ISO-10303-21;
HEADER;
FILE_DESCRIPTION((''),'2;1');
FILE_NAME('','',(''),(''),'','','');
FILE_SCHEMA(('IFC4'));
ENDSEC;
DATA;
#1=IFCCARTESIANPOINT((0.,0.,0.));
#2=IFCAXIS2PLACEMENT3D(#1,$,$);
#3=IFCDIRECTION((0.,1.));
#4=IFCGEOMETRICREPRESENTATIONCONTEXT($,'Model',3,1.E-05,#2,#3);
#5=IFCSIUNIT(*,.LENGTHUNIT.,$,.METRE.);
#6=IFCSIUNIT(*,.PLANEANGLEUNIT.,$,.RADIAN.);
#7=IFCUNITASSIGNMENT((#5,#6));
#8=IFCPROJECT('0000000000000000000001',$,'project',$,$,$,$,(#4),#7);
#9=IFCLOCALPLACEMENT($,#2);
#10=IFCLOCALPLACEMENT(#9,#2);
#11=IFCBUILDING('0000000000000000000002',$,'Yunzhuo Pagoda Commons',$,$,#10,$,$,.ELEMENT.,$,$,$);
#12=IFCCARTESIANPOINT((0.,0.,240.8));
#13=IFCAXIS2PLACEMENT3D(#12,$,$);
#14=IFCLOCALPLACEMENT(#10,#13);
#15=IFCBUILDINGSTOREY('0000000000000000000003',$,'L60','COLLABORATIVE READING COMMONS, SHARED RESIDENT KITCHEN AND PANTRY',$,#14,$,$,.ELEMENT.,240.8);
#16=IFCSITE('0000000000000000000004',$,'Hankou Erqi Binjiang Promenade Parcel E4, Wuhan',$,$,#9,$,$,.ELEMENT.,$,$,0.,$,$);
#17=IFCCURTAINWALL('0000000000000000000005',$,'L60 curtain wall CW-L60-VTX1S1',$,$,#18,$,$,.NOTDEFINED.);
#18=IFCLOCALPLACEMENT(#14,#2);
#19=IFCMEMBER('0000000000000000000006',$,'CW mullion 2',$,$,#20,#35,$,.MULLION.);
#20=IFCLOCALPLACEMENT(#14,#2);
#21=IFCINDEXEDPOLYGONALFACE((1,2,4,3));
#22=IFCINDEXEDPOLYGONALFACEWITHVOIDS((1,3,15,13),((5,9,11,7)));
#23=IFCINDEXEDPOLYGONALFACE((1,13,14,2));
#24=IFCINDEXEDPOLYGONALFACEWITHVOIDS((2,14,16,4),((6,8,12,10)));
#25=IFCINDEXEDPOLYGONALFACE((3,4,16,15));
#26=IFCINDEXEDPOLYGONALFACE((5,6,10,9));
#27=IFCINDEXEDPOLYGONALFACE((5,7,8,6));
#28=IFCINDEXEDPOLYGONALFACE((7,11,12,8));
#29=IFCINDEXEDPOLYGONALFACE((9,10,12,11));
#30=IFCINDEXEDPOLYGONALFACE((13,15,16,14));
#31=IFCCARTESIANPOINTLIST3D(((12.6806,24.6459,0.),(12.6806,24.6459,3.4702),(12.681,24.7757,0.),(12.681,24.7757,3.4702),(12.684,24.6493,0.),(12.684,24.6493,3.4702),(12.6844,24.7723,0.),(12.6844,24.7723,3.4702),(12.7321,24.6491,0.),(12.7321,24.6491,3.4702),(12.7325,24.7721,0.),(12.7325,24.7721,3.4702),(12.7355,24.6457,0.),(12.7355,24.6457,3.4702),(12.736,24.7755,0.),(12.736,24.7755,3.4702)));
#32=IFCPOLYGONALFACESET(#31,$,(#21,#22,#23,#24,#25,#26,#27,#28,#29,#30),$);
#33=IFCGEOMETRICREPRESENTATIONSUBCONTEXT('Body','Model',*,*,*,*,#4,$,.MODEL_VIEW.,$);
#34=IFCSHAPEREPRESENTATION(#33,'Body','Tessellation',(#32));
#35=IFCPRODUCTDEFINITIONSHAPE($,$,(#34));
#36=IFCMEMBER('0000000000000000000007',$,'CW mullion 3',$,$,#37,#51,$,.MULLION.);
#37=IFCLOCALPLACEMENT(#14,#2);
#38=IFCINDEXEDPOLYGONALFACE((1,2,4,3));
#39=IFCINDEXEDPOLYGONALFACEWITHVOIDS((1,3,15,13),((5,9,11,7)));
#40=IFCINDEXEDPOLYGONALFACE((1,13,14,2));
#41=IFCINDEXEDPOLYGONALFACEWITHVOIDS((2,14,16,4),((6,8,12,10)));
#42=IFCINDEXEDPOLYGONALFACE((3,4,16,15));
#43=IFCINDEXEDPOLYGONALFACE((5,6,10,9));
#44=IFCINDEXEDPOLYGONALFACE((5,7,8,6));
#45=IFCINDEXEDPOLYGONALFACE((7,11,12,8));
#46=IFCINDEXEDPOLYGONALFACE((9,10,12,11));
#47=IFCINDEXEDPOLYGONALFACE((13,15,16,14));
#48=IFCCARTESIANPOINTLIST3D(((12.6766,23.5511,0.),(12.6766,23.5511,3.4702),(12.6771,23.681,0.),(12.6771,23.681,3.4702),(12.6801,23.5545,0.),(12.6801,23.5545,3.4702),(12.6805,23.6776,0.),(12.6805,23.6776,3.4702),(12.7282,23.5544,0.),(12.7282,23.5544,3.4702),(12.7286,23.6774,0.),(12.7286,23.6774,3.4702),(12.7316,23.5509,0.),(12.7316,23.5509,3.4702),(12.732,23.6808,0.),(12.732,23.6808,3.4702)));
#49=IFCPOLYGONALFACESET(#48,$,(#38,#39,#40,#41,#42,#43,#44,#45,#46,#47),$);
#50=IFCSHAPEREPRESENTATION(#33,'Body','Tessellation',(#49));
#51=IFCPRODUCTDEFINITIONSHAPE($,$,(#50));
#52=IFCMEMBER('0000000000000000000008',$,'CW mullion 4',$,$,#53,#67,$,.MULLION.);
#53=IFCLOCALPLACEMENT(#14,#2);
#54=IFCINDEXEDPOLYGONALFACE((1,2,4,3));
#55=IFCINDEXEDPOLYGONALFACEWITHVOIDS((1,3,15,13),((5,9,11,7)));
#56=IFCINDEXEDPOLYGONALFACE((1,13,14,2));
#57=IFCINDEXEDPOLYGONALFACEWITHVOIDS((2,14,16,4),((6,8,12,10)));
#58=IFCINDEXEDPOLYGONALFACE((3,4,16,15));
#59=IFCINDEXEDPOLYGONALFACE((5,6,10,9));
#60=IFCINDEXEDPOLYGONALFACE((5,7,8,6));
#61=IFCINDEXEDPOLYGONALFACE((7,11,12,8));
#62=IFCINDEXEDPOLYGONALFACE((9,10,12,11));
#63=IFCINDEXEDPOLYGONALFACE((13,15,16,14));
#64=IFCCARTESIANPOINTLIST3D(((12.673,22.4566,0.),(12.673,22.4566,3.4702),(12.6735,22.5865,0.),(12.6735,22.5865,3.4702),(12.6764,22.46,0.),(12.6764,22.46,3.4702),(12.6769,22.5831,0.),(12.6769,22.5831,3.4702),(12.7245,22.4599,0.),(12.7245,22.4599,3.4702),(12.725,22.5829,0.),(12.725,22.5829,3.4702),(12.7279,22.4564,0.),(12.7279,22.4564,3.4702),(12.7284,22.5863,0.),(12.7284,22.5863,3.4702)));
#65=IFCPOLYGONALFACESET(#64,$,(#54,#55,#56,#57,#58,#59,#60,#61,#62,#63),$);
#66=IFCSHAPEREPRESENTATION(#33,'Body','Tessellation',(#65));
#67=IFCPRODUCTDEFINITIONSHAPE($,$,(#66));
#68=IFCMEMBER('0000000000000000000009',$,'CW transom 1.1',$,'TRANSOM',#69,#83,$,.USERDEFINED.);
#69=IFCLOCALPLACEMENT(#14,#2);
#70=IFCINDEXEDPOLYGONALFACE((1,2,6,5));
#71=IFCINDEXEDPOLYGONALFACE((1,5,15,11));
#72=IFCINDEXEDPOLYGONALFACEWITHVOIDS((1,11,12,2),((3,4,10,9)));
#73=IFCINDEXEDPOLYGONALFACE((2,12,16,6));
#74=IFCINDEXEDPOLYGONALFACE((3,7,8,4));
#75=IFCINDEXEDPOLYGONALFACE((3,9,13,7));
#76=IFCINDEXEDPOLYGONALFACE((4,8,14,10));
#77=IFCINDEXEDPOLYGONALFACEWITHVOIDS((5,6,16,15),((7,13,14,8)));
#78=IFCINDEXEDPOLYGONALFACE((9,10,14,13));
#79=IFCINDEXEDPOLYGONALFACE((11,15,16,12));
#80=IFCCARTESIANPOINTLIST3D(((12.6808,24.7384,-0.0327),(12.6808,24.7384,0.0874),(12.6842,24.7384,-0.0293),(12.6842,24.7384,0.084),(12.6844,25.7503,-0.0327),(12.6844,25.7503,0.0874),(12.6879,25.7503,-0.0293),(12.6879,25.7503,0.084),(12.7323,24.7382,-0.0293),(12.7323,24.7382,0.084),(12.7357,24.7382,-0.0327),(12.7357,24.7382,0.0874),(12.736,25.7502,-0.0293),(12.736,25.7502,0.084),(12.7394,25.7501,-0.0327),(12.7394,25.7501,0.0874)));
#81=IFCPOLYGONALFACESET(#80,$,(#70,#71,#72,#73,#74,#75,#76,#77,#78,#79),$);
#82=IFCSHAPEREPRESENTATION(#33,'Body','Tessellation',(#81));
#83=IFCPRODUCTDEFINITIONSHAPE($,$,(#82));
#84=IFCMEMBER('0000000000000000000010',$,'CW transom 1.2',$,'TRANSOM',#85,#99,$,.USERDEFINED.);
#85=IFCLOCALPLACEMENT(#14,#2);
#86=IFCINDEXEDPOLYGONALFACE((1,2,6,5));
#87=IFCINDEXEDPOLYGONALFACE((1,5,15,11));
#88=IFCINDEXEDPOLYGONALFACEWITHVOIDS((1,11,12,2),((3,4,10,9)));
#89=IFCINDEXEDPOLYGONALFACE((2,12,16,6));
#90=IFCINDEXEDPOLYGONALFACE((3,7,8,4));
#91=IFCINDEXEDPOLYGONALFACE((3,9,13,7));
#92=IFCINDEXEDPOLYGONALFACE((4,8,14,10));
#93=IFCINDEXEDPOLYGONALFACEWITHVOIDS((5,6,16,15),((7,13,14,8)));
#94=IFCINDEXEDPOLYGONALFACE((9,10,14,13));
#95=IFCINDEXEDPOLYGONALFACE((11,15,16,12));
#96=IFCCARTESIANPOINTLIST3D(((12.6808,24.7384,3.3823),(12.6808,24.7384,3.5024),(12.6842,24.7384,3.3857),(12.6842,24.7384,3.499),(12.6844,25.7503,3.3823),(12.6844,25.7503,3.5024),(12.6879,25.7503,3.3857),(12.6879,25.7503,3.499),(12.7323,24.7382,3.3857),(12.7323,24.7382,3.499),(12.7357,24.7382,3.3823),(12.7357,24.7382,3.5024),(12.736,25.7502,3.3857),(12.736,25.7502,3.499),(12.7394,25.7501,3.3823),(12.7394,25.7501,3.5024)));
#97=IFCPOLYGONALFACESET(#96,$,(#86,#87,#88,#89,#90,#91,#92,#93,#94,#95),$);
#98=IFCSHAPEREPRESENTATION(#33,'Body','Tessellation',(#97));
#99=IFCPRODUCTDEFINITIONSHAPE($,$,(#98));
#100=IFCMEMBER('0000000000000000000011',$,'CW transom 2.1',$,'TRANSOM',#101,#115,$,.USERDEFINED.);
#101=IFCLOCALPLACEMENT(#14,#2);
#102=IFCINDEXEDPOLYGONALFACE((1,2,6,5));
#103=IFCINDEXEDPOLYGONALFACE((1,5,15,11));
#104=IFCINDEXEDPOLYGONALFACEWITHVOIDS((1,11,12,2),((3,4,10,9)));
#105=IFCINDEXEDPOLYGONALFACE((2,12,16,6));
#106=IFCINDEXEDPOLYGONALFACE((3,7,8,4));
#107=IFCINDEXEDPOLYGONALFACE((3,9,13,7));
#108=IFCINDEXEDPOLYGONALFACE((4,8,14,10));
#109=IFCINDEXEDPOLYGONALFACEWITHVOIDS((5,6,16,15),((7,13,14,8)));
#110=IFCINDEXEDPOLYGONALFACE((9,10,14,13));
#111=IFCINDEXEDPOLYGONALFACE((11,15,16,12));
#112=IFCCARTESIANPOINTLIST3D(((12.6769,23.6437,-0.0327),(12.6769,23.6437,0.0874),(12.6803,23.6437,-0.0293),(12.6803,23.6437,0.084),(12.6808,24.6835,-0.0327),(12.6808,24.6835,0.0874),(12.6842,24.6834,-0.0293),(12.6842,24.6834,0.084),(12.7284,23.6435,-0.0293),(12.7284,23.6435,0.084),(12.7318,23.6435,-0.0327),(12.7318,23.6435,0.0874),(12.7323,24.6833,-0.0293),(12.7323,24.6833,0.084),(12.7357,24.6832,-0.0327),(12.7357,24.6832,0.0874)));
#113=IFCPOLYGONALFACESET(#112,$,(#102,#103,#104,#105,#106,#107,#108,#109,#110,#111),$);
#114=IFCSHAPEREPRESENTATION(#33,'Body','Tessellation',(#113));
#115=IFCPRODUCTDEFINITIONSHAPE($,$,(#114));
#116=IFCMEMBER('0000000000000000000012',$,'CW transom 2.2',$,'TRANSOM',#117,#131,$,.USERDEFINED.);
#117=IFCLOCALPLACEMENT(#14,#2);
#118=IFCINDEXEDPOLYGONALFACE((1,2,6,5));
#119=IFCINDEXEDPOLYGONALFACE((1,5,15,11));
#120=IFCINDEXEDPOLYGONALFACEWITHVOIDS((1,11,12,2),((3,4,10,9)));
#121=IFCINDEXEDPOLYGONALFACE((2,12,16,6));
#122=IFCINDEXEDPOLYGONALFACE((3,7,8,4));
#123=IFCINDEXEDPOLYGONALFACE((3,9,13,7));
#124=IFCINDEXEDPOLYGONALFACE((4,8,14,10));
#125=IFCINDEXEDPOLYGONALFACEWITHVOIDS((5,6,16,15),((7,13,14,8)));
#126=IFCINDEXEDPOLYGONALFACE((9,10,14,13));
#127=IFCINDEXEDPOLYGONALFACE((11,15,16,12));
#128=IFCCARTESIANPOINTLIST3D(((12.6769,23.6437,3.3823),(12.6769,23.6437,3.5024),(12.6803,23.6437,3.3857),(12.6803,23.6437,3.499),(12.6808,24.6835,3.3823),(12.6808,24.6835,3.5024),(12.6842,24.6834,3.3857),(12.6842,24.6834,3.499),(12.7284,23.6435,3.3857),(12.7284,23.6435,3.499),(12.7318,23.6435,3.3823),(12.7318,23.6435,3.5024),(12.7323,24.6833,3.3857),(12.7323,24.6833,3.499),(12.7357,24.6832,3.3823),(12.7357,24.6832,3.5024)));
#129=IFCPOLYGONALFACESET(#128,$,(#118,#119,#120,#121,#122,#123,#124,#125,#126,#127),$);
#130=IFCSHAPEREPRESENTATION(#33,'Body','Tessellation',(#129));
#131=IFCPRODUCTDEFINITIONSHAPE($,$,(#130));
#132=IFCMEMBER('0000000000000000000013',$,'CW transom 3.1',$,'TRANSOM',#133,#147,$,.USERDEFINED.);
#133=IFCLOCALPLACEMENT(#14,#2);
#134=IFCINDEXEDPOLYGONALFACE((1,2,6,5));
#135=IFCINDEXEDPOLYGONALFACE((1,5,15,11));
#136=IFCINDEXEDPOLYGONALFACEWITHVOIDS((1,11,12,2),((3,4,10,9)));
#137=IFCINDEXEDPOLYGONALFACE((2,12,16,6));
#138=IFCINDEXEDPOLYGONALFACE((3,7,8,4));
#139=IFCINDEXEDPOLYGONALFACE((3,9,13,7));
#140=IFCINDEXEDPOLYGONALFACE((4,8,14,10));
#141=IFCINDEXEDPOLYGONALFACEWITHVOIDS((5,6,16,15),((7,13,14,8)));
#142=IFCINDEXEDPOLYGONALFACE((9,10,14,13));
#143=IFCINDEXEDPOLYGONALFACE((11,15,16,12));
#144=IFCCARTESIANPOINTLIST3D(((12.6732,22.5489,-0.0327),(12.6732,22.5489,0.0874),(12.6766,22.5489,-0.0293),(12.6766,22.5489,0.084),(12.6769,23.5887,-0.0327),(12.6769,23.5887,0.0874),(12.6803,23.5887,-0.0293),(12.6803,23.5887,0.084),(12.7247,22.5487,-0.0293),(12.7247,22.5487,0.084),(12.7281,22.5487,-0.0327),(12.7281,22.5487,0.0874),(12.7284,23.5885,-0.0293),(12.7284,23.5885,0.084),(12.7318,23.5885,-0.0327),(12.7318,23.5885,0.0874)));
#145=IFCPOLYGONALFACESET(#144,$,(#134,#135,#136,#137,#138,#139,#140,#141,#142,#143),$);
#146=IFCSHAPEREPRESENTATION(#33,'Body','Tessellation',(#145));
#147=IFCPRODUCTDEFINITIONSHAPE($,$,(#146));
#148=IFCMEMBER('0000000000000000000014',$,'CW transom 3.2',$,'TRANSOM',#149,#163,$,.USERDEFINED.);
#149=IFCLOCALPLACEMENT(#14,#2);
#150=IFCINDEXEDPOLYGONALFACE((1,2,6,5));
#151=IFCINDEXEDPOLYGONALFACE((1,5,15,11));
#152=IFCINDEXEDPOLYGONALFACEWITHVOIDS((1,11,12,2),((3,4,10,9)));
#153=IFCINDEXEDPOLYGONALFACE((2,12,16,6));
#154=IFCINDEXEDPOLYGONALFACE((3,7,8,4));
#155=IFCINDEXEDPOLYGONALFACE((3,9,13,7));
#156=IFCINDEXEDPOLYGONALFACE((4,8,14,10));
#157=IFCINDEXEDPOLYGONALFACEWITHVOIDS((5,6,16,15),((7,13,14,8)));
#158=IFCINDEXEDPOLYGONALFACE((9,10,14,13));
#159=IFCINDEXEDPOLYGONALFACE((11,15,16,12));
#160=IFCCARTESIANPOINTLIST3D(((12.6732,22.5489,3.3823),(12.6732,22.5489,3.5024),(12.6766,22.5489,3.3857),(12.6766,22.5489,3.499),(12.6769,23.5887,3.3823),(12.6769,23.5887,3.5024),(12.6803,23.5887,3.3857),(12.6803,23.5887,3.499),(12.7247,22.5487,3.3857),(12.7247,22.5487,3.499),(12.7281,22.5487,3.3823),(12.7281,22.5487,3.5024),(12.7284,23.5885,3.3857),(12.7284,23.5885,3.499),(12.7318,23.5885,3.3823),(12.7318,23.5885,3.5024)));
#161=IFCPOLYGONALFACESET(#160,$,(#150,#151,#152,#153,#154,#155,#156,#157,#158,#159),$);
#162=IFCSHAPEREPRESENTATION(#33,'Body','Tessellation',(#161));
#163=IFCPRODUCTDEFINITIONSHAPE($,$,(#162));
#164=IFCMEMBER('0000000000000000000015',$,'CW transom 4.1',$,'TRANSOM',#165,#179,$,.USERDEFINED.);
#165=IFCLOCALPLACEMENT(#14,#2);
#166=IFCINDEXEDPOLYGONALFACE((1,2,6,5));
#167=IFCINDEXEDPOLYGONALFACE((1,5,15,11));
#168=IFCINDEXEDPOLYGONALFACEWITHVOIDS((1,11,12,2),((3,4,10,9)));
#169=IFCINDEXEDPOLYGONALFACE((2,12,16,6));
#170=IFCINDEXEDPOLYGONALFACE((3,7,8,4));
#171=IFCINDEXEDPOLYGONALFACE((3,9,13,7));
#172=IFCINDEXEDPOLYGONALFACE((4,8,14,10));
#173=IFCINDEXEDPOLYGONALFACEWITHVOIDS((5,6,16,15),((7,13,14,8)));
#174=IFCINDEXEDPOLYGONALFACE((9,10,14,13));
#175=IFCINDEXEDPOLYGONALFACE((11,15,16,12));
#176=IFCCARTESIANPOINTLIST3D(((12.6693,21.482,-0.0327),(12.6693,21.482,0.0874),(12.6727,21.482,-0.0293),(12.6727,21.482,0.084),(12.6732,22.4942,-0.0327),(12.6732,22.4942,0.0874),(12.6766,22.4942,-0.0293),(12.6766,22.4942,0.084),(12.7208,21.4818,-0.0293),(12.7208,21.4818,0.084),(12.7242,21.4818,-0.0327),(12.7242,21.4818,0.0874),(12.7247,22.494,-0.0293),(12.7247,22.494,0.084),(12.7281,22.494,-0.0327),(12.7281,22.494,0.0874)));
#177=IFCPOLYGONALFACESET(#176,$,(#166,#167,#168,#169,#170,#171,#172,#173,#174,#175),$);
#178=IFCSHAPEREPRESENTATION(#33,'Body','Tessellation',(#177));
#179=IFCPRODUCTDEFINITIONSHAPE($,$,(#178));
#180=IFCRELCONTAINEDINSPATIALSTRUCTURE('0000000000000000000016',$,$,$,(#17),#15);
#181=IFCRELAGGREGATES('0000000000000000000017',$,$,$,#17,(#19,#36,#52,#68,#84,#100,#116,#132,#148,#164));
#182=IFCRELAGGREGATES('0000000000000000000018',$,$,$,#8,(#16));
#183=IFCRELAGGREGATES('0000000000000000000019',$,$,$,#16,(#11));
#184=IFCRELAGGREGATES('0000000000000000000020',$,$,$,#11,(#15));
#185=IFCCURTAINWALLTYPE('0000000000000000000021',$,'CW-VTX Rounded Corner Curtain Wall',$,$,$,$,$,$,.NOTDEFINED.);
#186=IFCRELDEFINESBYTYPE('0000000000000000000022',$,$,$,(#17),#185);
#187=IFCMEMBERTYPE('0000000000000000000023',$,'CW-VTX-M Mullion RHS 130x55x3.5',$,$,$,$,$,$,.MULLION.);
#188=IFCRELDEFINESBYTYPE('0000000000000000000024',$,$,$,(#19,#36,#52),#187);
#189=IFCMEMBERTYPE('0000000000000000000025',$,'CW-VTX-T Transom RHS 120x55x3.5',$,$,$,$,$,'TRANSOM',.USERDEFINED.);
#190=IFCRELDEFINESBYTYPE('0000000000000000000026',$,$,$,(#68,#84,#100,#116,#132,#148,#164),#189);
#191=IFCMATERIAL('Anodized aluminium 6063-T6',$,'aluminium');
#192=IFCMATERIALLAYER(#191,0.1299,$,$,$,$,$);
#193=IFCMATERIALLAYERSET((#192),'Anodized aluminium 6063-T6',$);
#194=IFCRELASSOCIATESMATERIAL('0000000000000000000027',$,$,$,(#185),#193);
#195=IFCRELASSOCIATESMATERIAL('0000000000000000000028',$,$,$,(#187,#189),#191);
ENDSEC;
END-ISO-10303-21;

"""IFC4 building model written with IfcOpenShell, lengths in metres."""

from ifc_helpers import new_model, si_unit, direction, frame, origin, origin_2d, place, context, subcontext, project, spatial, hollow_rectangle, extrude, source, transform, mapped, material, layer, layer_set, material_profile, profile_set, type_object, element, aggregate, save


model = new_model("IFC4")

# Units and contexts
model_context = context("Model", 3, precision=1e-05, world=origin(), true_north=direction((0.0, 1.0)))
body_context = subcontext(model_context, "Body", "Model", "MODEL_VIEW")
ifc_project = project(units=[si_unit("LENGTHUNIT", "METRE"), si_unit("PLANEANGLEUNIT", "RADIAN")], contexts=[model_context])

# Site, building, storey
site_placement = place(None, origin())
site = spatial("IfcSite", under=ifc_project, at=site_placement, Name="Hankou Erqi Binjiang Promenade Parcel E4, Wuhan", CompositionType="ELEMENT", RefElevation=0.0)
building_placement = place(site_placement, origin())
building = spatial("IfcBuilding", under=site, at=building_placement, Name="Yunzhuo Pagoda Commons", CompositionType="ELEMENT")
storey_placement = place(building_placement, frame((0.0, 0.0, 240.8)))
storey = spatial("IfcBuildingStorey", under=building, at=storey_placement, Name="L60", Description="COLLABORATIVE READING COMMONS, SHARED RESIDENT KITCHEN AND PANTRY", CompositionType="ELEMENT", Elevation=240.8)

# Shared definitions
ifc_material_1 = material(Name="Anodized aluminium 6063-T6", Category="aluminium")

# Curtain wall, members
ifc_layer_1 = layer(ifc_material_1, 0.1299)
ifc_layer_set_1 = layer_set([ifc_layer_1], Name="Anodized aluminium 6063-T6")
curtain_wall_type_1 = type_object("IfcCurtainWallType", Name="CW-VTX Rounded Corner Curtain Wall", PredefinedType="NOTDEFINED", material=ifc_layer_set_1)
curtain_wall_1_placement = place(storey_placement, origin())
curtain_wall_1 = element("IfcCurtainWall", 1, at=curtain_wall_1_placement, inside=storey, type_object=curtain_wall_type_1, Name="L60 curtain wall CW-L60-VTX1S1", PredefinedType="NOTDEFINED")
ifc_material_profile_1 = material_profile(ifc_material_1, hollow_rectangle(XDim=0.0549, YDim=0.1299, WallThickness=0.0034, at=origin_2d()), Name="Anodized aluminium 6063-T6")
ifc_profile_set_1 = profile_set([ifc_material_profile_1], Name="Anodized aluminium 6063-T6")
member_type_1 = type_object("IfcMemberType", Name="CW-VTX-M Mullion RHS 130x55x3.5", PredefinedType="MULLION", material=ifc_profile_set_1)
shared_shape_1 = source(origin(), body_context, "Body", "SweptSolid", [
    extrude(hollow_rectangle(XDim=0.0549, YDim=0.1299, WallThickness=0.0034, at=origin_2d()), origin(), (0.0, 0.0, 1.0), 3.4702),
])
member_1_placement = place(storey_placement, frame((12.7083, 24.7107, 0.0), z_axis=(0.0, 0.0, 1.0), x_axis=(0.999994, -0.003586, 0.0)))
member_1 = element("IfcMember", 2, at=member_1_placement, type_object=member_type_1, Name="CW mullion 2", PredefinedType="MULLION", context=body_context, shape_type="MappedRepresentation", body=[
    mapped(shared_shape_1, transform((0.0, 0.0, 0.0), scale=1.0)),
])
member_2_placement = place(storey_placement, frame((12.7043, 23.616, 0.0), z_axis=(0.0, 0.0, 1.0), x_axis=(0.999994, -0.003586, 0.0)))
member_2 = element("IfcMember", 3, at=member_2_placement, type_object=member_type_1, Name="CW mullion 3", PredefinedType="MULLION", context=body_context, shape_type="MappedRepresentation", body=[
    mapped(shared_shape_1, transform((0.0, 0.0, 0.0), scale=1.0)),
])
member_3_placement = place(storey_placement, frame((12.7007, 22.5215, 0.0), z_axis=(0.0, 0.0, 1.0), x_axis=(0.999994, -0.003586, 0.0)))
member_3 = element("IfcMember", 4, at=member_3_placement, type_object=member_type_1, Name="CW mullion 4", PredefinedType="MULLION", context=body_context, shape_type="MappedRepresentation", body=[
    mapped(shared_shape_1, transform((0.0, 0.0, 0.0), scale=1.0)),
])
ifc_material_profile_2 = material_profile(ifc_material_1, hollow_rectangle(XDim=0.0549, YDim=0.1201, WallThickness=0.0034, at=origin_2d()), Name="Anodized aluminium 6063-T6")
ifc_profile_set_2 = profile_set([ifc_material_profile_2], Name="Anodized aluminium 6063-T6")
member_type_2 = type_object("IfcMemberType", Name="CW-VTX-T Transom RHS 120x55x3.5", ElementType="TRANSOM", PredefinedType="USERDEFINED", material=ifc_profile_set_2)
shared_shape_2 = source(origin(), body_context, "Body", "SweptSolid", [
    extrude(hollow_rectangle(XDim=0.0549, YDim=0.1201, WallThickness=0.0034, at=origin_2d()), origin(), (0.0, 0.0, 1.0), 1.012),
])
member_4_placement = place(storey_placement, frame((12.7119, 25.7502, 0.0273), z_axis=(-0.003619, -0.999993, 0.0), x_axis=(0.999993, -0.003619, 0.0)))
member_4 = element("IfcMember", 5, at=member_4_placement, type_object=member_type_2, Name="CW transom 1.1", ObjectType="TRANSOM", PredefinedType="USERDEFINED", context=body_context, shape_type="MappedRepresentation", body=[
    mapped(shared_shape_2, transform((0.0, 0.0, 0.0), scale=1.0)),
])
member_5_placement = place(storey_placement, frame((12.7119, 25.7502, 3.4424), z_axis=(-0.003619, -0.999993, 0.0), x_axis=(0.999993, -0.003619, 0.0)))
member_5 = element("IfcMember", 6, at=member_5_placement, type_object=member_type_2, Name="CW transom 1.2", ObjectType="TRANSOM", PredefinedType="USERDEFINED", context=body_context, shape_type="MappedRepresentation", body=[
    mapped(shared_shape_2, transform((0.0, 0.0, 0.0), scale=1.0)),
])
shared_shape_3 = source(origin(), body_context, "Body", "SweptSolid", [
    extrude(hollow_rectangle(XDim=0.0549, YDim=0.1201, WallThickness=0.0034, at=origin_2d()), origin(), (0.0, 0.0, 1.0), 1.0398),
])
member_6_placement = place(storey_placement, frame((12.7083, 24.6833, 0.0273), z_axis=(-0.003757, -0.999993, 0.0), x_axis=(0.999993, -0.003757, 0.0)))
member_6 = element("IfcMember", 7, at=member_6_placement, type_object=member_type_2, Name="CW transom 2.1", ObjectType="TRANSOM", PredefinedType="USERDEFINED", context=body_context, shape_type="MappedRepresentation", body=[
    mapped(shared_shape_3, transform((0.0, 0.0, 0.0), scale=1.0)),
])
member_7_placement = place(storey_placement, frame((12.7083, 24.6833, 3.4424), z_axis=(-0.003757, -0.999993, 0.0), x_axis=(0.999993, -0.003757, 0.0)))
member_7 = element("IfcMember", 8, at=member_7_placement, type_object=member_type_2, Name="CW transom 2.2", ObjectType="TRANSOM", PredefinedType="USERDEFINED", context=body_context, shape_type="MappedRepresentation", body=[
    mapped(shared_shape_3, transform((0.0, 0.0, 0.0), scale=1.0)),
])
member_8_placement = place(storey_placement, frame((12.7043, 23.5886, 0.0273), z_axis=(-0.003522, -0.999994, 0.0), x_axis=(0.999994, -0.003522, 0.0)))
member_8 = element("IfcMember", 9, at=member_8_placement, type_object=member_type_2, Name="CW transom 3.1", ObjectType="TRANSOM", PredefinedType="USERDEFINED", context=body_context, shape_type="MappedRepresentation", body=[
    mapped(shared_shape_3, transform((0.0, 0.0, 0.0), scale=1.0)),
])
member_9_placement = place(storey_placement, frame((12.7043, 23.5886, 3.4424), z_axis=(-0.003522, -0.999994, 0.0), x_axis=(0.999994, -0.003522, 0.0)))
member_9 = element("IfcMember", 10, at=member_9_placement, type_object=member_type_2, Name="CW transom 3.2", ObjectType="TRANSOM", PredefinedType="USERDEFINED", context=body_context, shape_type="MappedRepresentation", body=[
    mapped(shared_shape_3, transform((0.0, 0.0, 0.0), scale=1.0)),
])
shared_shape_4 = source(origin(), body_context, "Body", "SweptSolid", [
    extrude(hollow_rectangle(XDim=0.0549, YDim=0.1201, WallThickness=0.0034, at=origin_2d()), origin(), (0.0, 0.0, 1.0), 1.0122),
])
member_10_placement = place(storey_placement, frame((12.7007, 22.4941, 0.0273), z_axis=(-0.003859, -0.999993, 0.0), x_axis=(0.999993, -0.003859, 0.0)))
member_10 = element("IfcMember", 11, at=member_10_placement, type_object=member_type_2, Name="CW transom 4.1", ObjectType="TRANSOM", PredefinedType="USERDEFINED", context=body_context, shape_type="MappedRepresentation", body=[
    mapped(shared_shape_4, transform((0.0, 0.0, 0.0), scale=1.0)),
])

aggregate(curtain_wall_1, [member_1, member_2, member_3, member_4, member_5, member_6, member_7, member_8, member_9, member_10])

save(model, "model.ifc")
